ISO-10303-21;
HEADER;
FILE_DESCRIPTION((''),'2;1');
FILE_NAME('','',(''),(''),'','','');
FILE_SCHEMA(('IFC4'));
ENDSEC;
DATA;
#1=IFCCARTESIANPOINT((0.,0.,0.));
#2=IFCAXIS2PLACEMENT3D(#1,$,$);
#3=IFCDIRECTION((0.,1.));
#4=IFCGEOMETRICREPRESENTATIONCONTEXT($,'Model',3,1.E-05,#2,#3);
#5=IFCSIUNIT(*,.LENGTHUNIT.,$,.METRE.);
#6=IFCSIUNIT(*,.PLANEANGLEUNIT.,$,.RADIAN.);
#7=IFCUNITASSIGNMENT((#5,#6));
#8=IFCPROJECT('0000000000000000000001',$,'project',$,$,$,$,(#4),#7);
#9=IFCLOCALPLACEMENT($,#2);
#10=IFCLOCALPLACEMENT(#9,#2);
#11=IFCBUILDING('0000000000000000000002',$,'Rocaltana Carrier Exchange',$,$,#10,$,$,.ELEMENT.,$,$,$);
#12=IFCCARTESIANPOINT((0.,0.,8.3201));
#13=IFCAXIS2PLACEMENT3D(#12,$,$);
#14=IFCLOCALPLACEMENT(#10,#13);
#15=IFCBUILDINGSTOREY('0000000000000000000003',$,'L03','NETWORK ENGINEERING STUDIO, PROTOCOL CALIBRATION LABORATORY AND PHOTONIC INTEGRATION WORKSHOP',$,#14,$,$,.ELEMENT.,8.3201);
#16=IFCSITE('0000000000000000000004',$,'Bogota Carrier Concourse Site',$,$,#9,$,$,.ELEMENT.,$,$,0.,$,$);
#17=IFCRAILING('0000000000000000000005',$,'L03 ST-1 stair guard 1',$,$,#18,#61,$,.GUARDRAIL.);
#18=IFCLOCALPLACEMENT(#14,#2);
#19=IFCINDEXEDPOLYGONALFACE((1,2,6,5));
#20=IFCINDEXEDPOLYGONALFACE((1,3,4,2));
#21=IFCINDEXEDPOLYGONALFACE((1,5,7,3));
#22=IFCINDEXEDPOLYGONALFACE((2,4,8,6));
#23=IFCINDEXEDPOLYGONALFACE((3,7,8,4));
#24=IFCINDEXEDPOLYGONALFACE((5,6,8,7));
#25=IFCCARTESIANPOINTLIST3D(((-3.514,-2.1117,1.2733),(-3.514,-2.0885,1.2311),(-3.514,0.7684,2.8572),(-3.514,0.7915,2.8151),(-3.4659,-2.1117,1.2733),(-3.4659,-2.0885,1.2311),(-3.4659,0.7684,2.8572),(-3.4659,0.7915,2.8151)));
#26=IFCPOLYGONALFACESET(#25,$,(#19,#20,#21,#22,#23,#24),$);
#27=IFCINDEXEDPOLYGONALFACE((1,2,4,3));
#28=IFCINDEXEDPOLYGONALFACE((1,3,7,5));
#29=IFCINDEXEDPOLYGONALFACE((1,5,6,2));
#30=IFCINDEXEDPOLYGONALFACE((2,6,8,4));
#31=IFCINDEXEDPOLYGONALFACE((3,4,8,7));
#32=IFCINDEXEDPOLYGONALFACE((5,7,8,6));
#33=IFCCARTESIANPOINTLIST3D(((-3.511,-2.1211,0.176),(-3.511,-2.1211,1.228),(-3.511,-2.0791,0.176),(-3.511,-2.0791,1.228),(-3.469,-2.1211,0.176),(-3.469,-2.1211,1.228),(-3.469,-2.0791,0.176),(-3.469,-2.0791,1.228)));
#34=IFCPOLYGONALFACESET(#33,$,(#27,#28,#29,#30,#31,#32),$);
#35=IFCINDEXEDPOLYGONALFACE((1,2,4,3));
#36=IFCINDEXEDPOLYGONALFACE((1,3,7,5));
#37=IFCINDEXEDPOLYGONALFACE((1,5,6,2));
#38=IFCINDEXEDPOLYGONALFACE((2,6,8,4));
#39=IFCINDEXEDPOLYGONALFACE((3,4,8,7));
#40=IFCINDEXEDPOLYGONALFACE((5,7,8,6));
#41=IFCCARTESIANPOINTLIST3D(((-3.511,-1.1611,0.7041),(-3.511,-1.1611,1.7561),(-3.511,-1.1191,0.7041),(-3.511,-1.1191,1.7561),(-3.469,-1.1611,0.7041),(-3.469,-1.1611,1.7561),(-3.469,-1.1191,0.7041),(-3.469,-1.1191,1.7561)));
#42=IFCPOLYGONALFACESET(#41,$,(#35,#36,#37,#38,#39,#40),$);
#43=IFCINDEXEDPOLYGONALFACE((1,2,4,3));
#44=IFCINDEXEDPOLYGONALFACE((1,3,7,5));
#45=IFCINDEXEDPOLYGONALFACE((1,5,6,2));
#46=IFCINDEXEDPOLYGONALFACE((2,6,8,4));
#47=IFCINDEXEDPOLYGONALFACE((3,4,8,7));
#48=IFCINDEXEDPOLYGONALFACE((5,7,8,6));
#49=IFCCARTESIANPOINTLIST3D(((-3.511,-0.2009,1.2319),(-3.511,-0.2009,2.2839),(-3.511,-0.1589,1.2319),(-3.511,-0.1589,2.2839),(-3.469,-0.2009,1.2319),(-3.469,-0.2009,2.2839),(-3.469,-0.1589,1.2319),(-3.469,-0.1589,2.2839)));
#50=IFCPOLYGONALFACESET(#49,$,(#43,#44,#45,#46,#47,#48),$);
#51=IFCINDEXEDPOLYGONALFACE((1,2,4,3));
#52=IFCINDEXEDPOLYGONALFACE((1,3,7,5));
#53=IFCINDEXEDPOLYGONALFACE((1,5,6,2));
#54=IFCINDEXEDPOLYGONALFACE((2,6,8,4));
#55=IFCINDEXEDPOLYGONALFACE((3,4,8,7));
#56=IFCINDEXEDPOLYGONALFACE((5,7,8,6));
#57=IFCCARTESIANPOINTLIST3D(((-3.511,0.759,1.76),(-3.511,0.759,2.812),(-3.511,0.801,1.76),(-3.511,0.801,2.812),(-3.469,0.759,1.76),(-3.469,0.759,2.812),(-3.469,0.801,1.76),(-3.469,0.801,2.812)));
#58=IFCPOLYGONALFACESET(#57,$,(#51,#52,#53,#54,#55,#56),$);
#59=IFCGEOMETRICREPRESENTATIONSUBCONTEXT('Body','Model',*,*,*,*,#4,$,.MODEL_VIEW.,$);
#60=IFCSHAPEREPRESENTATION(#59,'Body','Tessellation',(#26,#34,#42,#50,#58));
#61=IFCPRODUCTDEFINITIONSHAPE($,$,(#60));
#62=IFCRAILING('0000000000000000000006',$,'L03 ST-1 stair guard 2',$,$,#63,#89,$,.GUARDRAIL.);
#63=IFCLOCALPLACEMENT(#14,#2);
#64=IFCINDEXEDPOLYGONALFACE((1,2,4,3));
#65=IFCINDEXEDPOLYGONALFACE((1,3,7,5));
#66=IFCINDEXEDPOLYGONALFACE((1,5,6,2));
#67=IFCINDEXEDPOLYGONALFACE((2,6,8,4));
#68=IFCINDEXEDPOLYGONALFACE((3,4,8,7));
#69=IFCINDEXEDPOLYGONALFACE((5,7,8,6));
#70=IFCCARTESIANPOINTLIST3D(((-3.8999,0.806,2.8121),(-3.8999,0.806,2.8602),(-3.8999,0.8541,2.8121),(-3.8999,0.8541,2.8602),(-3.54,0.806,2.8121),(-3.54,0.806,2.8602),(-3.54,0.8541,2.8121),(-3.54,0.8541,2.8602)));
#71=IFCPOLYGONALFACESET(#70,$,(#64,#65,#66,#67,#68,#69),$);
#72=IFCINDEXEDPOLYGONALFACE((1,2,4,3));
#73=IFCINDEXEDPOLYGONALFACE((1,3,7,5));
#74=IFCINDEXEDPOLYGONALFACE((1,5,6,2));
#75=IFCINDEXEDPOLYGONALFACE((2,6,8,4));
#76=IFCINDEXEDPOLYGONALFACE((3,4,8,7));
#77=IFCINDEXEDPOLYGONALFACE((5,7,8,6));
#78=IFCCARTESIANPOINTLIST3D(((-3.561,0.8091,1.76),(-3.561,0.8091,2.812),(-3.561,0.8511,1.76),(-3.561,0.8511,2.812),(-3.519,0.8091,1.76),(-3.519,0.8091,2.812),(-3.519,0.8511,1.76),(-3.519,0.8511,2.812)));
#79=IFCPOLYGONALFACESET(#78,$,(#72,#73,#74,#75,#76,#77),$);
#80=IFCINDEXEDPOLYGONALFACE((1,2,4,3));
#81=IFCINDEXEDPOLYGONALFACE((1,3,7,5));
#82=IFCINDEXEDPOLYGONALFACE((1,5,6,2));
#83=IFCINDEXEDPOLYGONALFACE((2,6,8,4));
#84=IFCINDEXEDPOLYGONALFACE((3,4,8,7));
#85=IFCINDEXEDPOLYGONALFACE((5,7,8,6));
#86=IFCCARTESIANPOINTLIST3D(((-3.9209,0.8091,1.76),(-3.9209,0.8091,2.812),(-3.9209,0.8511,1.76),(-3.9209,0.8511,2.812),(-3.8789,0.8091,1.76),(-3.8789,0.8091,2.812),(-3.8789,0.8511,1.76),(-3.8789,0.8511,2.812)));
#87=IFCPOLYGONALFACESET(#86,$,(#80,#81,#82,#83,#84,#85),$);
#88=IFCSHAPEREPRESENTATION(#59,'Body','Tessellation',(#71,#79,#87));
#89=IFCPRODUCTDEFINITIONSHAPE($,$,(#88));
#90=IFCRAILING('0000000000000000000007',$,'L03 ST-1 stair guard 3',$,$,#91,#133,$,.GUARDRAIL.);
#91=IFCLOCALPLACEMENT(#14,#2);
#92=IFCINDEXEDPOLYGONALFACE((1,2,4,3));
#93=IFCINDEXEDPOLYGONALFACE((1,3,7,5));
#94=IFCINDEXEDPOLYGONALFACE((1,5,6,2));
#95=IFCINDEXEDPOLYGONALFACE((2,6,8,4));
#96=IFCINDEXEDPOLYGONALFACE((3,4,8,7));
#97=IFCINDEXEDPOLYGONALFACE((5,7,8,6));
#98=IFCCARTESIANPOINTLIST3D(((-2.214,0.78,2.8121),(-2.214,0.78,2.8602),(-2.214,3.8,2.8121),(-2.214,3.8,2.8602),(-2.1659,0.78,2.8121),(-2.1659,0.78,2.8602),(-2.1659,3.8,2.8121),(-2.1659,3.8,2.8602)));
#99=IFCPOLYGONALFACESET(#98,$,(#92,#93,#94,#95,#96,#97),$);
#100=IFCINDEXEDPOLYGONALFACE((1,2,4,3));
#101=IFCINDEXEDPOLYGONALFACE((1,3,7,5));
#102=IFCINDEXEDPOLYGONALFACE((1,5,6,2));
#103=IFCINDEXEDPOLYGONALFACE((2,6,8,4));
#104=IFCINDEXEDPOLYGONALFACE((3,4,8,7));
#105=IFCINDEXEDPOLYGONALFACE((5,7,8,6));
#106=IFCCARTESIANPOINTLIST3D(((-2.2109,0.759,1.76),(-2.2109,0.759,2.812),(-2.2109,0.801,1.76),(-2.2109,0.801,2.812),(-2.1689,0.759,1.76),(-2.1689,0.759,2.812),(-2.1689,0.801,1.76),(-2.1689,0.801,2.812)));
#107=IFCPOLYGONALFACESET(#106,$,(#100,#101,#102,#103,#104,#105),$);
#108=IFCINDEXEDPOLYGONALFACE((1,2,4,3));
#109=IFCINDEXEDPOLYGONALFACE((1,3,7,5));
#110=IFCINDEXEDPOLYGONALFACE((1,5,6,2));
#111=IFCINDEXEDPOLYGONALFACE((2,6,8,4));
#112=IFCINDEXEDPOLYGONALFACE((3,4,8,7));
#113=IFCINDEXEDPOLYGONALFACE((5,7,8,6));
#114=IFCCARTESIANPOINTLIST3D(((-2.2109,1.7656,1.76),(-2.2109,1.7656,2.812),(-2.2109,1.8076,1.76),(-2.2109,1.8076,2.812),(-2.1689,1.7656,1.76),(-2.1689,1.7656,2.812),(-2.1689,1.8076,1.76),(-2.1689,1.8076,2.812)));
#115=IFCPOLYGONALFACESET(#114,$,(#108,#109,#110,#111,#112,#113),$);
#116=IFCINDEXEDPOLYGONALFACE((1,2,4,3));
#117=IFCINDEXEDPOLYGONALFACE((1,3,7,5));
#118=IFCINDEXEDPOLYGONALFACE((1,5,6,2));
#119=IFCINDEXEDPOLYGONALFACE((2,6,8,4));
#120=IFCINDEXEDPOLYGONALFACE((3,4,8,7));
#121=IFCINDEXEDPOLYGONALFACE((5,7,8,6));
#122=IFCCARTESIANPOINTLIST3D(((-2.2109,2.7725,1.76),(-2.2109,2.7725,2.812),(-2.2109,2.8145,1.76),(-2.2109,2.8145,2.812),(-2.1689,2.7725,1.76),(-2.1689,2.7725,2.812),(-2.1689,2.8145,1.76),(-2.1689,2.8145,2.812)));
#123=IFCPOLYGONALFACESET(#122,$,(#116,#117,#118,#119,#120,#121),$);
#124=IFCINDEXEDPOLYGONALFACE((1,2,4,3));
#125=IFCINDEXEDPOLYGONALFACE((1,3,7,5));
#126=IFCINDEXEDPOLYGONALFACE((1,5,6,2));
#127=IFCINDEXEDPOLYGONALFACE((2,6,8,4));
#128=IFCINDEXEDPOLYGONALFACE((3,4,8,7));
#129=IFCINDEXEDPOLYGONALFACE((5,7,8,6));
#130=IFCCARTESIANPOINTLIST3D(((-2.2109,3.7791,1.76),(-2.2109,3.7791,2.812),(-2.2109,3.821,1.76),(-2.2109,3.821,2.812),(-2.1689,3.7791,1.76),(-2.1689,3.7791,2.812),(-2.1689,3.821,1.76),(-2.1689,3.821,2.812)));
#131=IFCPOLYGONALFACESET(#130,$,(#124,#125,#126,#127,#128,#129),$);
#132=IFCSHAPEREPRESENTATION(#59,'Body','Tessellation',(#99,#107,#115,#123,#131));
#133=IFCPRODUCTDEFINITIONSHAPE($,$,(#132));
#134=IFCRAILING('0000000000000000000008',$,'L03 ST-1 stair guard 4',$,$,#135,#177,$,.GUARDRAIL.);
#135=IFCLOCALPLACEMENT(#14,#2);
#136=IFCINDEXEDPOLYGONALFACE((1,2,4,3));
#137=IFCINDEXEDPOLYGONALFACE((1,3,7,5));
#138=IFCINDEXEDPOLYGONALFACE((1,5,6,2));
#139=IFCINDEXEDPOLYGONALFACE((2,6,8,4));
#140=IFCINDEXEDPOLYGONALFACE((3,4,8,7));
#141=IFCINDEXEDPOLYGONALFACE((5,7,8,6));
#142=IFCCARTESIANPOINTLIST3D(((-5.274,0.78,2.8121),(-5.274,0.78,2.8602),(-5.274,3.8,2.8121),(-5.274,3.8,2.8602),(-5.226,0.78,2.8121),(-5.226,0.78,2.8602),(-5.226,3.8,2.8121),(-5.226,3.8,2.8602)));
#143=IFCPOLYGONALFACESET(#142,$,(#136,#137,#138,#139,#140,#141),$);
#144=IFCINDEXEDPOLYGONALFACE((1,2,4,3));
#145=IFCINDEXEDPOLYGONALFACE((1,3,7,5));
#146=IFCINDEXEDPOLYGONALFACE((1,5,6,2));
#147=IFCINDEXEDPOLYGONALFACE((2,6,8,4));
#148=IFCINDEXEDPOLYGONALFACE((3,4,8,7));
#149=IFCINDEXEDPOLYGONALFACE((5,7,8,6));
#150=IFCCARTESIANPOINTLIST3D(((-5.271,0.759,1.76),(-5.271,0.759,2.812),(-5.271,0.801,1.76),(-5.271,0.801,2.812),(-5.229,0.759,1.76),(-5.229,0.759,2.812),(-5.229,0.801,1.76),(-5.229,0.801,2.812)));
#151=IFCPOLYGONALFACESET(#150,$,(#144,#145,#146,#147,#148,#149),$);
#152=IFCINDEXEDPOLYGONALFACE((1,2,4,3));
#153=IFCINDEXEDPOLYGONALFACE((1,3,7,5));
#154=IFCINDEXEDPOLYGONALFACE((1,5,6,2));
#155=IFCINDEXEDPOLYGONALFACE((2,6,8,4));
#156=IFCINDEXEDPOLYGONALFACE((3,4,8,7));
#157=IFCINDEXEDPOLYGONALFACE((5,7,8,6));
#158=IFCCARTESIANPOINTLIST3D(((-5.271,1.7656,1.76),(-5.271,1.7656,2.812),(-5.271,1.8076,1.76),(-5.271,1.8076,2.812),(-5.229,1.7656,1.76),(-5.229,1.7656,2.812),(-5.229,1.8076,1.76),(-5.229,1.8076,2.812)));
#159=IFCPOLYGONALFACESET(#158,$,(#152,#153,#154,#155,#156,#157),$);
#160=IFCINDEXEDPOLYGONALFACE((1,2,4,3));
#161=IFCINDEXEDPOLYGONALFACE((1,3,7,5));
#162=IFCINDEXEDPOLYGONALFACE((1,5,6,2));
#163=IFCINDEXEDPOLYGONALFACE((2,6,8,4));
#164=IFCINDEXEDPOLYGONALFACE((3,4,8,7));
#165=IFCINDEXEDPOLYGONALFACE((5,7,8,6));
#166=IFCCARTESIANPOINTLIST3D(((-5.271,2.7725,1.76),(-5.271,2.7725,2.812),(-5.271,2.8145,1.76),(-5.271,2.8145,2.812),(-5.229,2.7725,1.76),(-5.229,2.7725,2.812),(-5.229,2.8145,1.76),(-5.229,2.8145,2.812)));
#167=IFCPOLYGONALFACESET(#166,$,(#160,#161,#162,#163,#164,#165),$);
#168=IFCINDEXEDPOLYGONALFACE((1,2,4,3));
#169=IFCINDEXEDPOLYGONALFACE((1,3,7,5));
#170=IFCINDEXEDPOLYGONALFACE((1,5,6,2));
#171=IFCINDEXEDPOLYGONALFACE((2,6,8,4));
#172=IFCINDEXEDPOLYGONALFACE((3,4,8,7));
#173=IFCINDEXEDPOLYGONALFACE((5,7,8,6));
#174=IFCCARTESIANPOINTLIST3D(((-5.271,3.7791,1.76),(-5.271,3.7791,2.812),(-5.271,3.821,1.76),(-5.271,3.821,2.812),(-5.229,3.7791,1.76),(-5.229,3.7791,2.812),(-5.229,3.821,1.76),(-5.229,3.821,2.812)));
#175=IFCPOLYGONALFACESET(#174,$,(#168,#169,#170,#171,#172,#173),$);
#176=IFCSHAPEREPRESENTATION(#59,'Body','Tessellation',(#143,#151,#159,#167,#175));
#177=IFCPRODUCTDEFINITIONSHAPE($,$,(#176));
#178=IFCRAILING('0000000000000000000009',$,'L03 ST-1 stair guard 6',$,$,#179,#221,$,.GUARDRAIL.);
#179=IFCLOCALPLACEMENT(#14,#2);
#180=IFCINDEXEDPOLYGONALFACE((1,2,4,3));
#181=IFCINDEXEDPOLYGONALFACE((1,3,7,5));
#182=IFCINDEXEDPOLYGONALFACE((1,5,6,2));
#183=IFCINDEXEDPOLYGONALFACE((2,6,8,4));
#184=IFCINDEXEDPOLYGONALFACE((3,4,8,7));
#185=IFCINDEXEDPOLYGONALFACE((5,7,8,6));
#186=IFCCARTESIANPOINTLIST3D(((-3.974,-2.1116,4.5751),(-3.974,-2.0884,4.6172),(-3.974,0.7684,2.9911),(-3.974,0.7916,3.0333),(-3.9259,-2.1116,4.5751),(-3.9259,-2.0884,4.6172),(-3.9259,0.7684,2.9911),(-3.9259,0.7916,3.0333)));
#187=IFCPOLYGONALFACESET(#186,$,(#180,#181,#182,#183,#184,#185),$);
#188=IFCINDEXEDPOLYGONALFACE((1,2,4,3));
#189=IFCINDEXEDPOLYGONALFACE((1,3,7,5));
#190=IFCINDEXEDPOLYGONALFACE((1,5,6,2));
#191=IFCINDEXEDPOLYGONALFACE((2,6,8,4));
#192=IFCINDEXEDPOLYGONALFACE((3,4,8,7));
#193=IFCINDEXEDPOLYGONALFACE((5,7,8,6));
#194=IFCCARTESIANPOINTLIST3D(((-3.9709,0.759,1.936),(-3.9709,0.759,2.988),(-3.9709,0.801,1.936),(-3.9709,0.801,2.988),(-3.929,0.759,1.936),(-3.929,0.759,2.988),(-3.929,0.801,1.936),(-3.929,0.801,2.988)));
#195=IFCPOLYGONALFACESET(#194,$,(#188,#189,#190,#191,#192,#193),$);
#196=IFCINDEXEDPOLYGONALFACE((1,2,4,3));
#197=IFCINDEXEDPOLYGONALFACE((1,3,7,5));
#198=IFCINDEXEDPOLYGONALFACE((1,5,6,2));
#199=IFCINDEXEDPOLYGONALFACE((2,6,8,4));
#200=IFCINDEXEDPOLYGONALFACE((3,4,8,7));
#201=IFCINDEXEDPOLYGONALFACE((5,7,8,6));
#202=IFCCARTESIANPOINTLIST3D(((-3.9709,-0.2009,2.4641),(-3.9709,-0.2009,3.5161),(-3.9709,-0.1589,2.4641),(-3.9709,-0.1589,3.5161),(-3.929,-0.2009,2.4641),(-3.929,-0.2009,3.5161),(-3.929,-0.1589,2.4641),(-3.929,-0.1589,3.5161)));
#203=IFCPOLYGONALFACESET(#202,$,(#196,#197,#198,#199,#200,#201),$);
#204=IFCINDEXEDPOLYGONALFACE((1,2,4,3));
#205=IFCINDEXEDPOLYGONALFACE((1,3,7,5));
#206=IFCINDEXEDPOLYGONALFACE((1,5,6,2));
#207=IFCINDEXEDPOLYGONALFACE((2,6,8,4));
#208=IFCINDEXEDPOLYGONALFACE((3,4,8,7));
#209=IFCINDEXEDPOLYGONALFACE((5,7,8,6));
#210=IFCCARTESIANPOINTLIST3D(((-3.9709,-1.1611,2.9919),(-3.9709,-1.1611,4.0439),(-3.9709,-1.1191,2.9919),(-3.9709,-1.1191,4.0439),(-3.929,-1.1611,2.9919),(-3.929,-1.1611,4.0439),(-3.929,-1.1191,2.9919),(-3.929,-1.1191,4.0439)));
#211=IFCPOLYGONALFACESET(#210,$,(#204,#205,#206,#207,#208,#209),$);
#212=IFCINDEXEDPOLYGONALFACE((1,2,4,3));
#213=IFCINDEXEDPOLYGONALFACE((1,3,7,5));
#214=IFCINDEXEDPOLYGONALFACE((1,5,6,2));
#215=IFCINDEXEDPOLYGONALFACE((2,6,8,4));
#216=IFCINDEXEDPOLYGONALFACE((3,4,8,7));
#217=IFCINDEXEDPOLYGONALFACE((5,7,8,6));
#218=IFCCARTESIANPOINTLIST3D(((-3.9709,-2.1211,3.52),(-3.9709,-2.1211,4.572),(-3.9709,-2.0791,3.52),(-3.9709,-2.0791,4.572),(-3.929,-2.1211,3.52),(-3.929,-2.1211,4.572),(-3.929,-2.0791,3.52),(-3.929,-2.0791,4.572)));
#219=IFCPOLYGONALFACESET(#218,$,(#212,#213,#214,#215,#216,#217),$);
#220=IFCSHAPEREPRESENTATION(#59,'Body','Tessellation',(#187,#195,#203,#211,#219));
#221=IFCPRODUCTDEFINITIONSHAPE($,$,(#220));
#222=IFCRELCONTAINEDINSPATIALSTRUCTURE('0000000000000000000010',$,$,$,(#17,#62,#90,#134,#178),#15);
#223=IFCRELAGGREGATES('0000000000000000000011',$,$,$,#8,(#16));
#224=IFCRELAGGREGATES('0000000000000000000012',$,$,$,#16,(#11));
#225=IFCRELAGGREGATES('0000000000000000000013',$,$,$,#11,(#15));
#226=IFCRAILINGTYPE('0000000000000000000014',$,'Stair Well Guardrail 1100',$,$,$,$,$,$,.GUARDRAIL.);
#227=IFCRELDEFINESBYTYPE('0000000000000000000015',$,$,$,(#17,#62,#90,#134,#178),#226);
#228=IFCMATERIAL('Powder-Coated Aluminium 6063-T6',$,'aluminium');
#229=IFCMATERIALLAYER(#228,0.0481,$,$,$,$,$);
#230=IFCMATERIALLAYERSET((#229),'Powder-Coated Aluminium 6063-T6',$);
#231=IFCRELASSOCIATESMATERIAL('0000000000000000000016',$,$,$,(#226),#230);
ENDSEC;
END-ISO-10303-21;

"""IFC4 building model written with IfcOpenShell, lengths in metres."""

from ifc_helpers import new_model, si_unit, direction, frame, origin, origin_2d, place, context, subcontext, project, spatial, rectangle, extrude, material, layer, layer_set, type_object, element, save


model = new_model("IFC4")

# Units and contexts
model_context = context("Model", 3, precision=1e-05, world=origin(), true_north=direction((0.0, 1.0)))
body_context = subcontext(model_context, "Body", "Model", "MODEL_VIEW")
ifc_project = project(units=[si_unit("LENGTHUNIT", "METRE"), si_unit("PLANEANGLEUNIT", "RADIAN")], contexts=[model_context])

# Site, building, storey
site_placement = place(None, origin())
site = spatial("IfcSite", under=ifc_project, at=site_placement, Name="Bogota Carrier Concourse Site", CompositionType="ELEMENT", RefElevation=0.0)
building_placement = place(site_placement, origin())
building = spatial("IfcBuilding", under=site, at=building_placement, Name="Rocaltana Carrier Exchange", CompositionType="ELEMENT")
storey_placement = place(building_placement, frame((0.0, 0.0, 8.3201)))
storey = spatial("IfcBuildingStorey", under=building, at=storey_placement, Name="L03", Description="NETWORK ENGINEERING STUDIO, PROTOCOL CALIBRATION LABORATORY AND PHOTONIC INTEGRATION WORKSHOP", CompositionType="ELEMENT", Elevation=8.3201)

# Railings
ifc_material_1 = material(Name="Powder-Coated Aluminium 6063-T6", Category="aluminium")
ifc_layer_1 = layer(ifc_material_1, 0.0481)
ifc_layer_set_1 = layer_set([ifc_layer_1], Name="Powder-Coated Aluminium 6063-T6")
railing_type_1 = type_object("IfcRailingType", Name="Stair Well Guardrail 1100", PredefinedType="GUARDRAIL", material=ifc_layer_set_1)
railing_1_placement = place(storey_placement, frame((-3.49, -2.1001, 0.176)))
element("IfcRailing", 1, at=railing_1_placement, inside=storey, type_object=railing_type_1, Name="L03 ST-1 stair guard 1", PredefinedType="GUARDRAIL", context=body_context, shape_type="SweptSolid", body=[
    extrude(rectangle(XDim=0.0481, YDim=0.0481, at=origin_2d()), frame((0.0, 0.0, 1.0762), z_axis=(0.0, 0.876227, 0.481899), x_axis=(-1.0, 0.0, 0.0)), (0.0, 0.0, 1.0), 3.2869),
    extrude(rectangle(XDim=0.042, YDim=0.042, at=origin_2d()), origin(), (0.0, 0.0, 1.0), 1.052),
    extrude(rectangle(XDim=0.042, YDim=0.042, at=origin_2d()), frame((0.0, 0.96, 0.5281)), (0.0, 0.0, 1.0), 1.052),
    extrude(rectangle(XDim=0.042, YDim=0.042, at=origin_2d()), frame((0.0, 1.9202, 1.0559)), (0.0, 0.0, 1.0), 1.052),
    extrude(rectangle(XDim=0.042, YDim=0.042, at=origin_2d()), frame((0.0, 2.8801, 1.584)), (0.0, 0.0, 1.0), 1.052),
])
railing_2_placement = place(storey_placement, frame((-3.54, 0.8301, 1.76)))
element("IfcRailing", 2, at=railing_2_placement, inside=storey, type_object=railing_type_1, Name="L03 ST-1 stair guard 2", PredefinedType="GUARDRAIL", context=body_context, shape_type="SweptSolid", body=[
    extrude(rectangle(XDim=0.0481, YDim=0.0481, at=origin_2d()), frame((0.0, 0.0, 1.0762), z_axis=(-1.0, 0.0, 0.0), x_axis=(0.0, -1.0, 0.0)), (0.0, 0.0, 1.0), 0.3599),
    extrude(rectangle(XDim=0.042, YDim=0.042, at=origin_2d()), origin(), (0.0, 0.0, 1.0), 1.052),
    extrude(rectangle(XDim=0.042, YDim=0.042, at=origin_2d()), frame((-0.3599, 0.0, 0.0)), (0.0, 0.0, 1.0), 1.052),
])
for number, where, name in (
    (3, (-2.1899, 0.78, 1.76), "L03 ST-1 stair guard 3"),
    (4, (-5.25, 0.78, 1.76), "L03 ST-1 stair guard 4"),
):
    element("IfcRailing", number, at=place(storey_placement, frame(where)), inside=storey, type_object=railing_type_1, Name=name, PredefinedType="GUARDRAIL", context=body_context, shape_type="SweptSolid", body=[
        extrude(rectangle(XDim=0.0481, YDim=0.0481, at=origin_2d()), frame((0.0, 0.0, 1.0762), z_axis=(0.0, 1.0, 0.0), x_axis=(-1.0, 0.0, 0.0)), (0.0, 0.0, 1.0), 3.02),
        extrude(rectangle(XDim=0.042, YDim=0.042, at=origin_2d()), origin(), (0.0, 0.0, 1.0), 1.052),
        extrude(rectangle(XDim=0.042, YDim=0.042, at=origin_2d()), frame((0.0, 1.0066, 0.0)), (0.0, 0.0, 1.0), 1.052),
        extrude(rectangle(XDim=0.042, YDim=0.042, at=origin_2d()), frame((0.0, 2.0134, 0.0)), (0.0, 0.0, 1.0), 1.052),
        extrude(rectangle(XDim=0.042, YDim=0.042, at=origin_2d()), frame((0.0, 3.02, 0.0)), (0.0, 0.0, 1.0), 1.052),
    ])
railing_3_placement = place(storey_placement, frame((-3.95, 0.78, 1.936)))
element("IfcRailing", 5, at=railing_3_placement, inside=storey, type_object=railing_type_1, Name="L03 ST-1 stair guard 6", PredefinedType="GUARDRAIL", context=body_context, shape_type="SweptSolid", body=[
    extrude(rectangle(XDim=0.0481, YDim=0.0481, at=origin_2d()), frame((0.0, 0.0, 1.0762), z_axis=(0.0, -0.876227, 0.481899), x_axis=(1.0, 0.0, 0.0)), (0.0, 0.0, 1.0), 3.2869),
    extrude(rectangle(XDim=0.042, YDim=0.042, at=origin_2d()), origin(), (0.0, 0.0, 1.0), 1.052),
    extrude(rectangle(XDim=0.042, YDim=0.042, at=origin_2d()), frame((0.0, -0.96, 0.5281)), (0.0, 0.0, 1.0), 1.052),
    extrude(rectangle(XDim=0.042, YDim=0.042, at=origin_2d()), frame((0.0, -1.9202, 1.0559)), (0.0, 0.0, 1.0), 1.052),
    extrude(rectangle(XDim=0.042, YDim=0.042, at=origin_2d()), frame((0.0, -2.8801, 1.584)), (0.0, 0.0, 1.0), 1.052),
])

save(model, "model.ifc")
